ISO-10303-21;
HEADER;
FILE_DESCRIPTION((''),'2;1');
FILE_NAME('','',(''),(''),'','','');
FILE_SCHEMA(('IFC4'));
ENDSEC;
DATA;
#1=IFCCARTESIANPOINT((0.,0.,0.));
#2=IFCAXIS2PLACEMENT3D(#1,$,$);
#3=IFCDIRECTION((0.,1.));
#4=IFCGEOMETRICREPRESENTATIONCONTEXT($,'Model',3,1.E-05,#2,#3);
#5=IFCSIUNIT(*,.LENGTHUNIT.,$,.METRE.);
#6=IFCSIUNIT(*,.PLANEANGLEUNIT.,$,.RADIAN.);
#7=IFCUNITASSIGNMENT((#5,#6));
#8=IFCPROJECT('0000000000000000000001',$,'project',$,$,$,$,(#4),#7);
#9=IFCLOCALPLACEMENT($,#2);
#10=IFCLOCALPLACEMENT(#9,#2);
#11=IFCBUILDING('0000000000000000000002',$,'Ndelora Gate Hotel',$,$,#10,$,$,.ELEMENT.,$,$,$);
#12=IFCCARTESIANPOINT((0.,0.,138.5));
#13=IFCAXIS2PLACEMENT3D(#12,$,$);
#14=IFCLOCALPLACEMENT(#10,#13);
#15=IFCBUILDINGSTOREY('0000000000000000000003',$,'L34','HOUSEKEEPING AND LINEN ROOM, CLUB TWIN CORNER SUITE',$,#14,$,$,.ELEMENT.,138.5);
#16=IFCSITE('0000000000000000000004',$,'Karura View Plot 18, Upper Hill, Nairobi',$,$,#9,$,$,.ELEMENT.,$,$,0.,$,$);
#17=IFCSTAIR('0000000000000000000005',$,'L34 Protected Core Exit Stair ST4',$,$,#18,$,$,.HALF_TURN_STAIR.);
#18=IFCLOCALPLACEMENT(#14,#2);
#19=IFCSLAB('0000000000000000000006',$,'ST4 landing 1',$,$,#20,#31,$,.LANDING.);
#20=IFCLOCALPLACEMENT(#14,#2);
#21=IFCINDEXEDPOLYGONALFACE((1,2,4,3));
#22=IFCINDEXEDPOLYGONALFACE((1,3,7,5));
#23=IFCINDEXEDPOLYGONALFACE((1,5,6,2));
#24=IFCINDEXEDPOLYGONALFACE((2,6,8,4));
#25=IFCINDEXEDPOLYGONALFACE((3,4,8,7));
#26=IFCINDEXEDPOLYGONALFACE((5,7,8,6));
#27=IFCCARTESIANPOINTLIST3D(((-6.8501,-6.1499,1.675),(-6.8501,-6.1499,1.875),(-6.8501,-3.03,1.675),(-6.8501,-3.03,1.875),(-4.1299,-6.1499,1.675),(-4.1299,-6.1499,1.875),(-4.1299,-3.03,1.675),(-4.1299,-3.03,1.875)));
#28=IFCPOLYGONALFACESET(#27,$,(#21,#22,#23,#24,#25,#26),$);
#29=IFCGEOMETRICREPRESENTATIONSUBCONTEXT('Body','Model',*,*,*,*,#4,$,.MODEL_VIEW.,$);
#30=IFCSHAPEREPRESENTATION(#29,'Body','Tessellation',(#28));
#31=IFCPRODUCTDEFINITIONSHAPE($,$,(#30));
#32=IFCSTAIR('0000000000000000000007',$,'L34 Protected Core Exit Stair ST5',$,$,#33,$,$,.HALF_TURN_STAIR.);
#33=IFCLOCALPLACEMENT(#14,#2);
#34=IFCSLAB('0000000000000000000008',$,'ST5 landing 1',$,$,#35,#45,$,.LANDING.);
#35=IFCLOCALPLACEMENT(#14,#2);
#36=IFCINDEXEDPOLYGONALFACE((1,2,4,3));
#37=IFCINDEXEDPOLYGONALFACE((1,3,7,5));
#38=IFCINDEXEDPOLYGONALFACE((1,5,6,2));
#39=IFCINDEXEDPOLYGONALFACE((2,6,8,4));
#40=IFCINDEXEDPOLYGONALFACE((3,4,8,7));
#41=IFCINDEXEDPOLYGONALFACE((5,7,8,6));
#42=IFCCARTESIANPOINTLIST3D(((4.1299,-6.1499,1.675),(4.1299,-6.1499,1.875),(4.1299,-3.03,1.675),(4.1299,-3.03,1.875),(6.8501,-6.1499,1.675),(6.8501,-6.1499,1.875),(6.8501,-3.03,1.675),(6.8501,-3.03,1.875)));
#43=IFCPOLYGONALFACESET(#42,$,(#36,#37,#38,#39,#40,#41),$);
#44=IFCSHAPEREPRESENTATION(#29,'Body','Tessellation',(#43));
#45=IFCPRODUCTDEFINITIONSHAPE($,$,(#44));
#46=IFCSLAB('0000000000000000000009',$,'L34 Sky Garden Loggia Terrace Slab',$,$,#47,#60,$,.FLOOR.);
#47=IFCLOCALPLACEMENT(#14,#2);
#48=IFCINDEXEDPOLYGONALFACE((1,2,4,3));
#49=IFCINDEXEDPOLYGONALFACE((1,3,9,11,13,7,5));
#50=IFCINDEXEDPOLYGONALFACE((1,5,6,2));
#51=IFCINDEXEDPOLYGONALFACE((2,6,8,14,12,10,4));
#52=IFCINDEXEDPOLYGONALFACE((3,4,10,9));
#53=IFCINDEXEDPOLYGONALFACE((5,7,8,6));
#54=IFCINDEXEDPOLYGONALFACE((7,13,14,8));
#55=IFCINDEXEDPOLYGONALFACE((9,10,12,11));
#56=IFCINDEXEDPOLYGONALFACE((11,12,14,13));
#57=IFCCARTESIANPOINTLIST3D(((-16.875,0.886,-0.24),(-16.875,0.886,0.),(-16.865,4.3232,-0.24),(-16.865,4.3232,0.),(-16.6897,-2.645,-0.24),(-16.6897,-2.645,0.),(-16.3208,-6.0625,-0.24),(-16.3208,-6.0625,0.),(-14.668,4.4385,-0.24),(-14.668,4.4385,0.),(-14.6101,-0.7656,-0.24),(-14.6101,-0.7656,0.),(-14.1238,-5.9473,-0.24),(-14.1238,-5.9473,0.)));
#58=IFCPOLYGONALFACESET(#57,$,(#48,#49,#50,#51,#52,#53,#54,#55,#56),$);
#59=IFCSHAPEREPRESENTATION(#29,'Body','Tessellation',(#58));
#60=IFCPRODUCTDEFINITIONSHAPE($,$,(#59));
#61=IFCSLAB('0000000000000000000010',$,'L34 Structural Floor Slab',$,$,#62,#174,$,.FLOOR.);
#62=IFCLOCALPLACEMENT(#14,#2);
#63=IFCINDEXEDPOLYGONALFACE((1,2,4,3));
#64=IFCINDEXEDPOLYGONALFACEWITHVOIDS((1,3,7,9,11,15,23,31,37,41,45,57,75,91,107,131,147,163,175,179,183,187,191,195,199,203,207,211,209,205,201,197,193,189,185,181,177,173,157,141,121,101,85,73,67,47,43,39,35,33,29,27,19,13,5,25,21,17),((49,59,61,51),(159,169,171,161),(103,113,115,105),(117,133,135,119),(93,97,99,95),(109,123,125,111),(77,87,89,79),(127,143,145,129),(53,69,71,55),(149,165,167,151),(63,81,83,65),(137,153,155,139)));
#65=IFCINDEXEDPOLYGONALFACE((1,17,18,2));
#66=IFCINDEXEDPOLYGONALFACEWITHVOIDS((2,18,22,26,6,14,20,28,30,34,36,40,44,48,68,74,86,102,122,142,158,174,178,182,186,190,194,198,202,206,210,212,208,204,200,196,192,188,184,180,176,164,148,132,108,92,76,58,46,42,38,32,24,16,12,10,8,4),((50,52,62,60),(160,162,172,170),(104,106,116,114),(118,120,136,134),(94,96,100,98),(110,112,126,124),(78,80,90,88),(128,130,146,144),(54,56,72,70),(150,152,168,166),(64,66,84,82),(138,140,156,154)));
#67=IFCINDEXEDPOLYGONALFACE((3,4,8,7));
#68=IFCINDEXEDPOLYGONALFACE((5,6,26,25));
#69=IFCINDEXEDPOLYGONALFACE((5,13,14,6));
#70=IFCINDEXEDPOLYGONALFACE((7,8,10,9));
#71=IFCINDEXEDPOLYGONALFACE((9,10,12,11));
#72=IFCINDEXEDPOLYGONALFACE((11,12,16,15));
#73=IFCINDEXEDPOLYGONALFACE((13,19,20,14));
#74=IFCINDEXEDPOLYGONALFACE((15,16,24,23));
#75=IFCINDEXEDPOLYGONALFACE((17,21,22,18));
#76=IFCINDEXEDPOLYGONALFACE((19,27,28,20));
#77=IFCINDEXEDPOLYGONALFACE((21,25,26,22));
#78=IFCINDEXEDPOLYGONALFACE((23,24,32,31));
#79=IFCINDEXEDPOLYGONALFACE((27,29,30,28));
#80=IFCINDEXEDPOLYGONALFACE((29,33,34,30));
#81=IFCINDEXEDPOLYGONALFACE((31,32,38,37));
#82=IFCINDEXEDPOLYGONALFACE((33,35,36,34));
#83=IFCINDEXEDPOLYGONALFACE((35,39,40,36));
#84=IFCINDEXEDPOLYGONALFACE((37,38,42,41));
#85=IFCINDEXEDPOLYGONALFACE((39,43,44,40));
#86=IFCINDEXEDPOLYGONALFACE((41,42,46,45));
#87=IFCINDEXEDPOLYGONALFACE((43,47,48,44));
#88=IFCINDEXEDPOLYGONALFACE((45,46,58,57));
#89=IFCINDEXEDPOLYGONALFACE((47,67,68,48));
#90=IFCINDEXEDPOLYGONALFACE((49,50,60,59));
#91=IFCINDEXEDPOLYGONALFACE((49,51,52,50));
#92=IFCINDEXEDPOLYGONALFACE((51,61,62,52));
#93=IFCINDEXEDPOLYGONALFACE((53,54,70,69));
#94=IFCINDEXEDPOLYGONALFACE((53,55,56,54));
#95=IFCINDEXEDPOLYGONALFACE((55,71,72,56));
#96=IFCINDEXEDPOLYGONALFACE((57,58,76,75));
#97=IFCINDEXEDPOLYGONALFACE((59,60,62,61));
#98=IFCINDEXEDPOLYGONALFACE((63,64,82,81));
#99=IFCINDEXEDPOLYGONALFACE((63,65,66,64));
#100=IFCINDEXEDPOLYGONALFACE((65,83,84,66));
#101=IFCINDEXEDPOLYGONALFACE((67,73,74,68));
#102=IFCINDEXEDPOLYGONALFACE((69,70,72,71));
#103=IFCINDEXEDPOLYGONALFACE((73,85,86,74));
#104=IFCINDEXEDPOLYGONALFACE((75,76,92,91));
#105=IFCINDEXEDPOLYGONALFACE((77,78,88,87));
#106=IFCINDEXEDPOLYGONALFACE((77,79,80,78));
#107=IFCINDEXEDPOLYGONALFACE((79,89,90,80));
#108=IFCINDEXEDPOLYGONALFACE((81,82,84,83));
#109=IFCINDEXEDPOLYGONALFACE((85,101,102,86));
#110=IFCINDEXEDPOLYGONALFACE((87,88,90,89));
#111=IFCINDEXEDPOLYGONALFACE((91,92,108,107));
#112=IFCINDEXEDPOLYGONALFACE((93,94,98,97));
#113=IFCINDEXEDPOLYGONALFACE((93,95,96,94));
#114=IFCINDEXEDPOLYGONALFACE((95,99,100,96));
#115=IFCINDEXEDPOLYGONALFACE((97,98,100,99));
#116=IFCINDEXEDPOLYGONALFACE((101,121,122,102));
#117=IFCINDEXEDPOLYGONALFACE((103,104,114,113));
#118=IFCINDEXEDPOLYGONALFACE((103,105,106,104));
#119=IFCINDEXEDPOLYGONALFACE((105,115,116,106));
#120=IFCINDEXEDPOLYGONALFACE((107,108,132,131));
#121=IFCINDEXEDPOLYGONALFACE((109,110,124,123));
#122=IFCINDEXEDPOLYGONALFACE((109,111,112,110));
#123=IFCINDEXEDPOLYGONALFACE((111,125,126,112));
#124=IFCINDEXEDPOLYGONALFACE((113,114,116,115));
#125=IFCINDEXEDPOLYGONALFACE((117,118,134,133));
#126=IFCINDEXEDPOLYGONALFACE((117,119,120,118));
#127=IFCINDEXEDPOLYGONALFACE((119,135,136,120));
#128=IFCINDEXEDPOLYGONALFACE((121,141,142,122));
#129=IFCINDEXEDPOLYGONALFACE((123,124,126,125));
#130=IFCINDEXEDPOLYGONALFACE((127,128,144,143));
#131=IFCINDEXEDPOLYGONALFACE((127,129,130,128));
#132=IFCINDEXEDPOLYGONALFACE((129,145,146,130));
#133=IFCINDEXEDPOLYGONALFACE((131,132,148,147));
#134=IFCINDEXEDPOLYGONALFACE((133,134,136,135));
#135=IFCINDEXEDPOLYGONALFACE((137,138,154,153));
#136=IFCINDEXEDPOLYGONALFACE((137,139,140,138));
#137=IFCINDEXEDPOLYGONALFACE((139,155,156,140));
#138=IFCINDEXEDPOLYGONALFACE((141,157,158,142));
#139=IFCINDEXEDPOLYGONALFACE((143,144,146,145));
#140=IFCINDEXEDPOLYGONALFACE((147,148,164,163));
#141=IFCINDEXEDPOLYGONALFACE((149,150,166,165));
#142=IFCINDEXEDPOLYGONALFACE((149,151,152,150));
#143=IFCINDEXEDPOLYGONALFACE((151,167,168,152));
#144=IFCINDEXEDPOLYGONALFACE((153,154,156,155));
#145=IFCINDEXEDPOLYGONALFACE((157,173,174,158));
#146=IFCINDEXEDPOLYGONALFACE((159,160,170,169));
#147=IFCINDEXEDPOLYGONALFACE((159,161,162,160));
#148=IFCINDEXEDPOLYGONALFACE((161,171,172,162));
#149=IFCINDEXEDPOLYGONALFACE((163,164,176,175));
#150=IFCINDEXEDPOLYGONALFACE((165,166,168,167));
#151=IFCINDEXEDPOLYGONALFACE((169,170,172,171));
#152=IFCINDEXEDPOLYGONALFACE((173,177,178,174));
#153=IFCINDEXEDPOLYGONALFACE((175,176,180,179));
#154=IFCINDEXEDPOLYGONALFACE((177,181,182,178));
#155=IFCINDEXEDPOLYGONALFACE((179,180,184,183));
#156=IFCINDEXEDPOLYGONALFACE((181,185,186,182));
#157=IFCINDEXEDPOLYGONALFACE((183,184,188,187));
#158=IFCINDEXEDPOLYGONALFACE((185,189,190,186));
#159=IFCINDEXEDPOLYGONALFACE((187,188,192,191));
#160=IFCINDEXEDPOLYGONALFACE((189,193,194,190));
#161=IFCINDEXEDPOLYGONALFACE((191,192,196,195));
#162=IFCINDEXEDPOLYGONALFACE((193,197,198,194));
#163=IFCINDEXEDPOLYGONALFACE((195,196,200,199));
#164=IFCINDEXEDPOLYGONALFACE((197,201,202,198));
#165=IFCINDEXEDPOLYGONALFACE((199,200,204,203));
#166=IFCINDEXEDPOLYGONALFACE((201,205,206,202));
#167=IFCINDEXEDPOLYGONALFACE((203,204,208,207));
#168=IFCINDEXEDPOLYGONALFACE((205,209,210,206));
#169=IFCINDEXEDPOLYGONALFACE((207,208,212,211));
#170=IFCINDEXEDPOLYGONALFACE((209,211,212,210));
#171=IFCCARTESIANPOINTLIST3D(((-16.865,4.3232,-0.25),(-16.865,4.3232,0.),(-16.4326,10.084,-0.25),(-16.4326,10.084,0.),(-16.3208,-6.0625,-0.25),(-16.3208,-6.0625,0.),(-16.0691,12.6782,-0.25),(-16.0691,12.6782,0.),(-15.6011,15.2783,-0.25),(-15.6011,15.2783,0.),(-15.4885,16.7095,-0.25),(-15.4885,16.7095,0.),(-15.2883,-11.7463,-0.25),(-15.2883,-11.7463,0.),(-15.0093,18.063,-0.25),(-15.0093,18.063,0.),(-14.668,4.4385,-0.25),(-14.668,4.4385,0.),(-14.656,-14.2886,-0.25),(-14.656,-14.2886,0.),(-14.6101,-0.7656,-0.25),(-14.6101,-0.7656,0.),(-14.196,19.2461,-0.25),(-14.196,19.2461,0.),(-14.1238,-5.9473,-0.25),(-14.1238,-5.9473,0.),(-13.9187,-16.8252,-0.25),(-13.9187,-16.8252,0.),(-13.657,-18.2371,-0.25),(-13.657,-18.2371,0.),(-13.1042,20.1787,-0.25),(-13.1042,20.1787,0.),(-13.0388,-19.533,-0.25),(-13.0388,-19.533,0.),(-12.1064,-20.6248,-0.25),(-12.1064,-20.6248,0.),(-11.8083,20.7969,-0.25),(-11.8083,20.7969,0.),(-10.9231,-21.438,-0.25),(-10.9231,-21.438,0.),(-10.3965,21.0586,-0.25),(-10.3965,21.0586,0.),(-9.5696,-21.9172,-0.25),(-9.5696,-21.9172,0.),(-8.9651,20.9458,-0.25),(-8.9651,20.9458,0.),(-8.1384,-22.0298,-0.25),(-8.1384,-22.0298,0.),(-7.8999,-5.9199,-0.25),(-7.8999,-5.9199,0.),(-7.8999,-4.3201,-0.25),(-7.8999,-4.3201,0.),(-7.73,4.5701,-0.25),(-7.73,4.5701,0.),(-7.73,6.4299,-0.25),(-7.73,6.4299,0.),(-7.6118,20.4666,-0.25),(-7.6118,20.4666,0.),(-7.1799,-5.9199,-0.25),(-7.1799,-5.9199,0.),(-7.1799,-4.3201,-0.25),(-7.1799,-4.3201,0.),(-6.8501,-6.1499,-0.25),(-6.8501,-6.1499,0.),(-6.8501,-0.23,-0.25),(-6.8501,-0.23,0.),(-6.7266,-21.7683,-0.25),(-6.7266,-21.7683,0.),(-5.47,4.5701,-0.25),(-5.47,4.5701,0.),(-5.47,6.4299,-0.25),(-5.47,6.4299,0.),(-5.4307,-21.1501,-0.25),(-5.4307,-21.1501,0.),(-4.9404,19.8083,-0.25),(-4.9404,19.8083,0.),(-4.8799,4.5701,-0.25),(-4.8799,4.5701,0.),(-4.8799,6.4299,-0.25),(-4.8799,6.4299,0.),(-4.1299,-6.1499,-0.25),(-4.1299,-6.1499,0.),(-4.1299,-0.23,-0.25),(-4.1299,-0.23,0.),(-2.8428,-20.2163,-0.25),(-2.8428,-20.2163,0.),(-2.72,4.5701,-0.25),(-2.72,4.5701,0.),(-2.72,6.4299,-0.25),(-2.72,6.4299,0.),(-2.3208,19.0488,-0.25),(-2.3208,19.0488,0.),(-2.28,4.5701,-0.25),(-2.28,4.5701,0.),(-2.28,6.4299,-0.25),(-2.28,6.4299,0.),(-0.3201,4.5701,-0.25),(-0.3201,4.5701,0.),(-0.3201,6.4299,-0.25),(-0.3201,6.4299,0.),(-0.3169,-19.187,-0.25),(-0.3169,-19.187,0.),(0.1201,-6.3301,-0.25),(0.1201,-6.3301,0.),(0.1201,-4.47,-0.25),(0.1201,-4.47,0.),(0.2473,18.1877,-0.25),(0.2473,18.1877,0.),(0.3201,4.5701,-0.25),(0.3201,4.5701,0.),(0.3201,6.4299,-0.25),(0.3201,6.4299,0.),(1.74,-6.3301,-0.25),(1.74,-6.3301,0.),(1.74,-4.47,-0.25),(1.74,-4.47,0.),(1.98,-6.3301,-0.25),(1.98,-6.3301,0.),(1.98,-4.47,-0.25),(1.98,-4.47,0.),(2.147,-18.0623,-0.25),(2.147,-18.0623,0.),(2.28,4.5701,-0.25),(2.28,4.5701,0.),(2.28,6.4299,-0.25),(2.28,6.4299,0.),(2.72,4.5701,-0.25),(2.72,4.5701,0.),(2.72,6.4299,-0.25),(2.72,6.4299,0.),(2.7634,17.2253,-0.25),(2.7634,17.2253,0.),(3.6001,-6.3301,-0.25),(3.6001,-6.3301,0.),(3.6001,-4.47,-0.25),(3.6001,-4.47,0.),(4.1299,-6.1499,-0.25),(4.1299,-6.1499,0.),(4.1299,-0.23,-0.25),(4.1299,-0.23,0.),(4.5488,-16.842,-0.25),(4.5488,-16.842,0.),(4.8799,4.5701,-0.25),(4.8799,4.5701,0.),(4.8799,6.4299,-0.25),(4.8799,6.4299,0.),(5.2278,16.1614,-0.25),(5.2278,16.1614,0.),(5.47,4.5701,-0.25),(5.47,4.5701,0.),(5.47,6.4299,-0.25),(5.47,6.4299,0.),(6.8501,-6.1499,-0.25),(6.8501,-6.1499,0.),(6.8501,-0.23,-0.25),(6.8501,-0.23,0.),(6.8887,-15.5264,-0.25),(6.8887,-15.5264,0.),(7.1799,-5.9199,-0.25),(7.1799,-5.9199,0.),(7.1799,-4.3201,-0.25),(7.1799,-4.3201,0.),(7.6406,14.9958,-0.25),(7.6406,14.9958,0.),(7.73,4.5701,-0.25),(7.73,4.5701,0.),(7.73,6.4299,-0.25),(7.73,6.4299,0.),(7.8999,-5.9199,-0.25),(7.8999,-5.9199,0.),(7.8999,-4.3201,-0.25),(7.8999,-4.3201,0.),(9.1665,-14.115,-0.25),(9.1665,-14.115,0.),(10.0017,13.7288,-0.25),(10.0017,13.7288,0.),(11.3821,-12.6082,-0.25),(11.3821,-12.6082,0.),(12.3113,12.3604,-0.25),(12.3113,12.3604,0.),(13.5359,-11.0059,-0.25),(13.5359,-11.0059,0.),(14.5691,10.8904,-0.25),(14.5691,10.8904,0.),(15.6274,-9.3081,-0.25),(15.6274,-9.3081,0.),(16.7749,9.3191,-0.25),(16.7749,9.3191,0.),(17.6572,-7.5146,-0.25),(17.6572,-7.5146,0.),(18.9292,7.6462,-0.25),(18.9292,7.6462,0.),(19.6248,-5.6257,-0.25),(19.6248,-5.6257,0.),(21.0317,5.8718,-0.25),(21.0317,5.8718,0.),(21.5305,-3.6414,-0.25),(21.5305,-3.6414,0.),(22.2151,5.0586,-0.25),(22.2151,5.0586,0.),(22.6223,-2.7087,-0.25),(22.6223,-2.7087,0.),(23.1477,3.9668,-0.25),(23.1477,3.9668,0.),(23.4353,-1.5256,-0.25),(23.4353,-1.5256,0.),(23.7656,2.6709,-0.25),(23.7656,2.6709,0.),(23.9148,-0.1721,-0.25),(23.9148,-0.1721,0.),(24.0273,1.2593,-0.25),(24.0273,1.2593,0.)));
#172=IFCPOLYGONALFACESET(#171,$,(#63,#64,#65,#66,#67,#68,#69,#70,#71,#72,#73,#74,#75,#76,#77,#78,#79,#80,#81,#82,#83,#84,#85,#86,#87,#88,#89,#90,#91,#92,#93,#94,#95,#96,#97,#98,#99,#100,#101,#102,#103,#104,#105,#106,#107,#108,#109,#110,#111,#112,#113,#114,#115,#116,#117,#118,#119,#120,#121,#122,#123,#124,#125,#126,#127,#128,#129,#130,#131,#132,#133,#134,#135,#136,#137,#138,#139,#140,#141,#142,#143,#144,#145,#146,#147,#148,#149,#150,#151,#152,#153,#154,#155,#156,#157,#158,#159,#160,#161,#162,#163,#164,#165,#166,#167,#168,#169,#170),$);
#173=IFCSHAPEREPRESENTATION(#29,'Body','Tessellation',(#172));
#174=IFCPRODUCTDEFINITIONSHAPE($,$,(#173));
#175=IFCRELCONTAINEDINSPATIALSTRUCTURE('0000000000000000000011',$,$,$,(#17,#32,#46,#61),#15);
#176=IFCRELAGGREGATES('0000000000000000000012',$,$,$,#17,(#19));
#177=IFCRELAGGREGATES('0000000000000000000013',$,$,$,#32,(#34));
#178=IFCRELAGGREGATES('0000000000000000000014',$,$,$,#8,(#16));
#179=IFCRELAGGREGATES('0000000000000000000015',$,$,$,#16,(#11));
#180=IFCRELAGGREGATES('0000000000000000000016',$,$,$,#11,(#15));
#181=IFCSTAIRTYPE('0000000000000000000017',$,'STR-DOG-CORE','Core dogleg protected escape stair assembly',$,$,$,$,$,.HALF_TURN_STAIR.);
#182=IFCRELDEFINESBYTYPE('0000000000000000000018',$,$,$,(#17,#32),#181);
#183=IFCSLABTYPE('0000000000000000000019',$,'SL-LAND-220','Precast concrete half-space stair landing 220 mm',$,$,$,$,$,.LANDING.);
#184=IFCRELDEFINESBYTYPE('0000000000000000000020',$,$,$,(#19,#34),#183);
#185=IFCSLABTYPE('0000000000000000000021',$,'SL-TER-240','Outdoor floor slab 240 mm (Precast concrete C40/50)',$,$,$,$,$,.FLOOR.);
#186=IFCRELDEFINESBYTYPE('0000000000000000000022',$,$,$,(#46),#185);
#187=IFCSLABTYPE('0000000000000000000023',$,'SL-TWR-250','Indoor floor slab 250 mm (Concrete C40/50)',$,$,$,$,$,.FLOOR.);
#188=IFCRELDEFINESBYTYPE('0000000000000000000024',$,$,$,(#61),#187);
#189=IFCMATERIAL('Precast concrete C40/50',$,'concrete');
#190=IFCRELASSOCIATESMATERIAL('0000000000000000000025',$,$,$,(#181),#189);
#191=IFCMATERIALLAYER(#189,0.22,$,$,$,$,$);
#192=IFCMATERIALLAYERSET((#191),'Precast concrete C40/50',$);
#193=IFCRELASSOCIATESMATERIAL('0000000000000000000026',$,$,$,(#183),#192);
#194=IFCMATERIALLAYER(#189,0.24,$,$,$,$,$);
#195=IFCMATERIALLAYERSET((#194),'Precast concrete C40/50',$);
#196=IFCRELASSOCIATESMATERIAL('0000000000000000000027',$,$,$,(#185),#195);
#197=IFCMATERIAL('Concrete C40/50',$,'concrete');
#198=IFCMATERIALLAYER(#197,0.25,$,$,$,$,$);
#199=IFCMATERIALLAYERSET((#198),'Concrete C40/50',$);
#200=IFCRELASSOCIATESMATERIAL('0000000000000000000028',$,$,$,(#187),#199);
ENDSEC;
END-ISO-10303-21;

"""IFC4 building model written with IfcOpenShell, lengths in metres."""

from ifc_helpers import new_model, si_unit, direction, frame, origin, place, context, subcontext, project, spatial, polyline, outline, extrude, material, layer, layer_set, type_object, element, aggregate, save


model = new_model("IFC4")

# Units and contexts
model_context = context("Model", 3, precision=1e-05, world=origin(), true_north=direction((0.0, 1.0)))
body_context = subcontext(model_context, "Body", "Model", "MODEL_VIEW")
ifc_project = project(units=[si_unit("LENGTHUNIT", "METRE"), si_unit("PLANEANGLEUNIT", "RADIAN")], contexts=[model_context])

# Site, building, storey
site_placement = place(None, origin())
site = spatial("IfcSite", under=ifc_project, at=site_placement, Name="Karura View Plot 18, Upper Hill, Nairobi", CompositionType="ELEMENT", RefElevation=0.0)
building_placement = place(site_placement, origin())
building = spatial("IfcBuilding", under=site, at=building_placement, Name="Ndelora Gate Hotel", CompositionType="ELEMENT")
storey_placement = place(building_placement, frame((0.0, 0.0, 138.5)))
storey = spatial("IfcBuildingStorey", under=building, at=storey_placement, Name="L34", Description="HOUSEKEEPING AND LINEN ROOM, CLUB TWIN CORNER SUITE", CompositionType="ELEMENT", Elevation=138.5)

# Stairs, slabs
ifc_material_1 = material(Name="Precast concrete C40/50", Category="concrete")
stair_type = type_object("IfcStairType", Name="STR-DOG-CORE", Description="Core dogleg protected escape stair assembly", PredefinedType="HALF_TURN_STAIR", material=ifc_material_1)
stair_1_placement = place(storey_placement, origin())
stair_1 = element("IfcStair", 1, at=stair_1_placement, inside=storey, type_object=stair_type, Name="L34 Protected Core Exit Stair ST4", PredefinedType="HALF_TURN_STAIR")
ifc_layer_1 = layer(ifc_material_1, 0.22)
ifc_layer_set_1 = layer_set([ifc_layer_1], Name="Precast concrete C40/50")
slab_type_1 = type_object("IfcSlabType", Name="SL-LAND-220", Description="Precast concrete half-space stair landing 220 mm", PredefinedType="LANDING", material=ifc_layer_set_1)
slab_1_placement = place(storey_placement, frame((0.0, 0.0, 1.675)))
slab_1 = element("IfcSlab", 2, at=slab_1_placement, type_object=slab_type_1, Name="ST4 landing 1", PredefinedType="LANDING", context=body_context, shape_type="SweptSolid", body=[
    extrude(outline(polyline([(-6.8501, -3.03), (-6.8501, -6.1499), (-4.1299, -6.1499), (-4.1299, -3.03), (-6.8501, -3.03)])), origin(), (0.0, 0.0, 1.0), 0.2),
])
aggregate(stair_1, [slab_1])
stair_2_placement = place(storey_placement, origin())
stair_2 = element("IfcStair", 3, at=stair_2_placement, inside=storey, type_object=stair_type, Name="L34 Protected Core Exit Stair ST5", PredefinedType="HALF_TURN_STAIR")
slab_2_placement = place(storey_placement, frame((0.0, 0.0, 1.675)))
slab_2 = element("IfcSlab", 4, at=slab_2_placement, type_object=slab_type_1, Name="ST5 landing 1", PredefinedType="LANDING", context=body_context, shape_type="SweptSolid", body=[
    extrude(outline(polyline([(4.1299, -3.03), (4.1299, -6.1499), (6.8501, -6.1499), (6.8501, -3.03), (4.1299, -3.03)])), origin(), (0.0, 0.0, 1.0), 0.2),
])
aggregate(stair_2, [slab_2])

# Slabs
ifc_layer_2 = layer(ifc_material_1, 0.24)
ifc_layer_set_2 = layer_set([ifc_layer_2], Name="Precast concrete C40/50")
slab_type_2 = type_object("IfcSlabType", Name="SL-TER-240", Description="Outdoor floor slab 240 mm (Precast concrete C40/50)", PredefinedType="FLOOR", material=ifc_layer_set_2)
slab_3_placement = place(storey_placement, frame((0.0, 0.0, -0.24)))
element("IfcSlab", 5, at=slab_3_placement, inside=storey, type_object=slab_type_2, Name="L34 Sky Garden Loggia Terrace Slab", PredefinedType="FLOOR", context=body_context, shape_type="SweptSolid", body=[
    extrude(outline(polyline([(-14.668, 4.4385), (-16.865, 4.3232), (-16.875, 0.886), (-16.6897, -2.645), (-16.3208, -6.0625), (-14.1238, -5.9473), (-14.6101, -0.7656), (-14.668, 4.4385)])), origin(), (0.0, 0.0, 1.0), 0.24),
])
ifc_material_2 = material(Name="Concrete C40/50", Category="concrete")
ifc_layer_3 = layer(ifc_material_2, 0.25)
ifc_layer_set_3 = layer_set([ifc_layer_3], Name="Concrete C40/50")
slab_type_3 = type_object("IfcSlabType", Name="SL-TWR-250", Description="Indoor floor slab 250 mm (Concrete C40/50)", PredefinedType="FLOOR", material=ifc_layer_set_3)
slab_4_placement = place(storey_placement, frame((0.0, 0.0, -0.25)))
element("IfcSlab", 6, at=slab_4_placement, inside=storey, type_object=slab_type_3, Name="L34 Structural Floor Slab", PredefinedType="FLOOR", context=body_context, shape_type="SweptSolid", body=[
    extrude(outline(polyline([(-7.6118, 20.4666), (-8.9651, 20.9458), (-10.3965, 21.0586), (-11.8083, 20.7969), (-13.1042, 20.1787), (-14.196, 19.2461), (-15.0093, 18.063), (-15.4885, 16.7095), (-15.6011, 15.2783), (-16.0691, 12.6782), (-16.4326, 10.084), (-16.865, 4.3232), (-14.668, 4.4385), (-14.6101, -0.7656), (-14.1238, -5.9473), (-16.3208, -6.0625), (-15.2883, -11.7463), (-14.656, -14.2886), (-13.9187, -16.8252), (-13.657, -18.2371), (-13.0388, -19.533), (-12.1064, -20.6248), (-10.9231, -21.438), (-9.5696, -21.9172), (-8.1384, -22.0298), (-6.7266, -21.7683), (-5.4307, -21.1501), (-2.8428, -20.2163), (-0.3169, -19.187), (2.147, -18.0623), (4.5488, -16.842), (6.8887, -15.5264), (9.1665, -14.115), (11.3821, -12.6082), (13.5359, -11.0059), (15.6274, -9.3081), (17.6572, -7.5146), (19.6248, -5.6257), (21.5305, -3.6414), (22.6223, -2.7087), (23.4353, -1.5256), (23.9148, -0.1721), (24.0273, 1.2593), (23.7656, 2.6709), (23.1477, 3.9668), (22.2151, 5.0586), (21.0317, 5.8718), (18.9292, 7.6462), (16.7749, 9.3191), (14.5691, 10.8904), (12.3113, 12.3604), (10.0017, 13.7288), (7.6406, 14.9958), (5.2278, 16.1614), (2.7634, 17.2253), (0.2473, 18.1877), (-2.3208, 19.0488), (-4.9404, 19.8083), (-7.6118, 20.4666)]), holes=[polyline([(-6.8501, -0.23), (-6.8501, -6.1499), (-4.1299, -6.1499), (-4.1299, -0.23), (-6.8501, -0.23)]), polyline([(4.1299, -0.23), (4.1299, -6.1499), (6.8501, -6.1499), (6.8501, -0.23), (4.1299, -0.23)]), polyline([(-7.73, 4.5701), (-5.47, 4.5701), (-5.47, 6.4299), (-7.73, 6.4299), (-7.73, 4.5701)]), polyline([(5.47, 4.5701), (7.73, 4.5701), (7.73, 6.4299), (5.47, 6.4299), (5.47, 4.5701)]), polyline([(-4.8799, 4.5701), (-2.72, 4.5701), (-2.72, 6.4299), (-4.8799, 6.4299), (-4.8799, 4.5701)]), polyline([(2.72, 4.5701), (4.8799, 4.5701), (4.8799, 6.4299), (2.72, 6.4299), (2.72, 4.5701)]), polyline([(0.1201, -6.3301), (1.74, -6.3301), (1.74, -4.47), (0.1201, -4.47), (0.1201, -6.3301)]), polyline([(1.98, -6.3301), (3.6001, -6.3301), (3.6001, -4.47), (1.98, -4.47), (1.98, -6.3301)]), polyline([(-2.28, 4.5701), (-0.3201, 4.5701), (-0.3201, 6.4299), (-2.28, 6.4299), (-2.28, 4.5701)]), polyline([(0.3201, 4.5701), (2.28, 4.5701), (2.28, 6.4299), (0.3201, 6.4299), (0.3201, 4.5701)]), polyline([(-7.8999, -5.9199), (-7.1799, -5.9199), (-7.1799, -4.3201), (-7.8999, -4.3201), (-7.8999, -5.9199)]), polyline([(7.1799, -5.9199), (7.8999, -5.9199), (7.8999, -4.3201), (7.1799, -4.3201), (7.1799, -5.9199)])]), origin(), (0.0, 0.0, 1.0), 0.25),
])

save(model, "model.ifc")
